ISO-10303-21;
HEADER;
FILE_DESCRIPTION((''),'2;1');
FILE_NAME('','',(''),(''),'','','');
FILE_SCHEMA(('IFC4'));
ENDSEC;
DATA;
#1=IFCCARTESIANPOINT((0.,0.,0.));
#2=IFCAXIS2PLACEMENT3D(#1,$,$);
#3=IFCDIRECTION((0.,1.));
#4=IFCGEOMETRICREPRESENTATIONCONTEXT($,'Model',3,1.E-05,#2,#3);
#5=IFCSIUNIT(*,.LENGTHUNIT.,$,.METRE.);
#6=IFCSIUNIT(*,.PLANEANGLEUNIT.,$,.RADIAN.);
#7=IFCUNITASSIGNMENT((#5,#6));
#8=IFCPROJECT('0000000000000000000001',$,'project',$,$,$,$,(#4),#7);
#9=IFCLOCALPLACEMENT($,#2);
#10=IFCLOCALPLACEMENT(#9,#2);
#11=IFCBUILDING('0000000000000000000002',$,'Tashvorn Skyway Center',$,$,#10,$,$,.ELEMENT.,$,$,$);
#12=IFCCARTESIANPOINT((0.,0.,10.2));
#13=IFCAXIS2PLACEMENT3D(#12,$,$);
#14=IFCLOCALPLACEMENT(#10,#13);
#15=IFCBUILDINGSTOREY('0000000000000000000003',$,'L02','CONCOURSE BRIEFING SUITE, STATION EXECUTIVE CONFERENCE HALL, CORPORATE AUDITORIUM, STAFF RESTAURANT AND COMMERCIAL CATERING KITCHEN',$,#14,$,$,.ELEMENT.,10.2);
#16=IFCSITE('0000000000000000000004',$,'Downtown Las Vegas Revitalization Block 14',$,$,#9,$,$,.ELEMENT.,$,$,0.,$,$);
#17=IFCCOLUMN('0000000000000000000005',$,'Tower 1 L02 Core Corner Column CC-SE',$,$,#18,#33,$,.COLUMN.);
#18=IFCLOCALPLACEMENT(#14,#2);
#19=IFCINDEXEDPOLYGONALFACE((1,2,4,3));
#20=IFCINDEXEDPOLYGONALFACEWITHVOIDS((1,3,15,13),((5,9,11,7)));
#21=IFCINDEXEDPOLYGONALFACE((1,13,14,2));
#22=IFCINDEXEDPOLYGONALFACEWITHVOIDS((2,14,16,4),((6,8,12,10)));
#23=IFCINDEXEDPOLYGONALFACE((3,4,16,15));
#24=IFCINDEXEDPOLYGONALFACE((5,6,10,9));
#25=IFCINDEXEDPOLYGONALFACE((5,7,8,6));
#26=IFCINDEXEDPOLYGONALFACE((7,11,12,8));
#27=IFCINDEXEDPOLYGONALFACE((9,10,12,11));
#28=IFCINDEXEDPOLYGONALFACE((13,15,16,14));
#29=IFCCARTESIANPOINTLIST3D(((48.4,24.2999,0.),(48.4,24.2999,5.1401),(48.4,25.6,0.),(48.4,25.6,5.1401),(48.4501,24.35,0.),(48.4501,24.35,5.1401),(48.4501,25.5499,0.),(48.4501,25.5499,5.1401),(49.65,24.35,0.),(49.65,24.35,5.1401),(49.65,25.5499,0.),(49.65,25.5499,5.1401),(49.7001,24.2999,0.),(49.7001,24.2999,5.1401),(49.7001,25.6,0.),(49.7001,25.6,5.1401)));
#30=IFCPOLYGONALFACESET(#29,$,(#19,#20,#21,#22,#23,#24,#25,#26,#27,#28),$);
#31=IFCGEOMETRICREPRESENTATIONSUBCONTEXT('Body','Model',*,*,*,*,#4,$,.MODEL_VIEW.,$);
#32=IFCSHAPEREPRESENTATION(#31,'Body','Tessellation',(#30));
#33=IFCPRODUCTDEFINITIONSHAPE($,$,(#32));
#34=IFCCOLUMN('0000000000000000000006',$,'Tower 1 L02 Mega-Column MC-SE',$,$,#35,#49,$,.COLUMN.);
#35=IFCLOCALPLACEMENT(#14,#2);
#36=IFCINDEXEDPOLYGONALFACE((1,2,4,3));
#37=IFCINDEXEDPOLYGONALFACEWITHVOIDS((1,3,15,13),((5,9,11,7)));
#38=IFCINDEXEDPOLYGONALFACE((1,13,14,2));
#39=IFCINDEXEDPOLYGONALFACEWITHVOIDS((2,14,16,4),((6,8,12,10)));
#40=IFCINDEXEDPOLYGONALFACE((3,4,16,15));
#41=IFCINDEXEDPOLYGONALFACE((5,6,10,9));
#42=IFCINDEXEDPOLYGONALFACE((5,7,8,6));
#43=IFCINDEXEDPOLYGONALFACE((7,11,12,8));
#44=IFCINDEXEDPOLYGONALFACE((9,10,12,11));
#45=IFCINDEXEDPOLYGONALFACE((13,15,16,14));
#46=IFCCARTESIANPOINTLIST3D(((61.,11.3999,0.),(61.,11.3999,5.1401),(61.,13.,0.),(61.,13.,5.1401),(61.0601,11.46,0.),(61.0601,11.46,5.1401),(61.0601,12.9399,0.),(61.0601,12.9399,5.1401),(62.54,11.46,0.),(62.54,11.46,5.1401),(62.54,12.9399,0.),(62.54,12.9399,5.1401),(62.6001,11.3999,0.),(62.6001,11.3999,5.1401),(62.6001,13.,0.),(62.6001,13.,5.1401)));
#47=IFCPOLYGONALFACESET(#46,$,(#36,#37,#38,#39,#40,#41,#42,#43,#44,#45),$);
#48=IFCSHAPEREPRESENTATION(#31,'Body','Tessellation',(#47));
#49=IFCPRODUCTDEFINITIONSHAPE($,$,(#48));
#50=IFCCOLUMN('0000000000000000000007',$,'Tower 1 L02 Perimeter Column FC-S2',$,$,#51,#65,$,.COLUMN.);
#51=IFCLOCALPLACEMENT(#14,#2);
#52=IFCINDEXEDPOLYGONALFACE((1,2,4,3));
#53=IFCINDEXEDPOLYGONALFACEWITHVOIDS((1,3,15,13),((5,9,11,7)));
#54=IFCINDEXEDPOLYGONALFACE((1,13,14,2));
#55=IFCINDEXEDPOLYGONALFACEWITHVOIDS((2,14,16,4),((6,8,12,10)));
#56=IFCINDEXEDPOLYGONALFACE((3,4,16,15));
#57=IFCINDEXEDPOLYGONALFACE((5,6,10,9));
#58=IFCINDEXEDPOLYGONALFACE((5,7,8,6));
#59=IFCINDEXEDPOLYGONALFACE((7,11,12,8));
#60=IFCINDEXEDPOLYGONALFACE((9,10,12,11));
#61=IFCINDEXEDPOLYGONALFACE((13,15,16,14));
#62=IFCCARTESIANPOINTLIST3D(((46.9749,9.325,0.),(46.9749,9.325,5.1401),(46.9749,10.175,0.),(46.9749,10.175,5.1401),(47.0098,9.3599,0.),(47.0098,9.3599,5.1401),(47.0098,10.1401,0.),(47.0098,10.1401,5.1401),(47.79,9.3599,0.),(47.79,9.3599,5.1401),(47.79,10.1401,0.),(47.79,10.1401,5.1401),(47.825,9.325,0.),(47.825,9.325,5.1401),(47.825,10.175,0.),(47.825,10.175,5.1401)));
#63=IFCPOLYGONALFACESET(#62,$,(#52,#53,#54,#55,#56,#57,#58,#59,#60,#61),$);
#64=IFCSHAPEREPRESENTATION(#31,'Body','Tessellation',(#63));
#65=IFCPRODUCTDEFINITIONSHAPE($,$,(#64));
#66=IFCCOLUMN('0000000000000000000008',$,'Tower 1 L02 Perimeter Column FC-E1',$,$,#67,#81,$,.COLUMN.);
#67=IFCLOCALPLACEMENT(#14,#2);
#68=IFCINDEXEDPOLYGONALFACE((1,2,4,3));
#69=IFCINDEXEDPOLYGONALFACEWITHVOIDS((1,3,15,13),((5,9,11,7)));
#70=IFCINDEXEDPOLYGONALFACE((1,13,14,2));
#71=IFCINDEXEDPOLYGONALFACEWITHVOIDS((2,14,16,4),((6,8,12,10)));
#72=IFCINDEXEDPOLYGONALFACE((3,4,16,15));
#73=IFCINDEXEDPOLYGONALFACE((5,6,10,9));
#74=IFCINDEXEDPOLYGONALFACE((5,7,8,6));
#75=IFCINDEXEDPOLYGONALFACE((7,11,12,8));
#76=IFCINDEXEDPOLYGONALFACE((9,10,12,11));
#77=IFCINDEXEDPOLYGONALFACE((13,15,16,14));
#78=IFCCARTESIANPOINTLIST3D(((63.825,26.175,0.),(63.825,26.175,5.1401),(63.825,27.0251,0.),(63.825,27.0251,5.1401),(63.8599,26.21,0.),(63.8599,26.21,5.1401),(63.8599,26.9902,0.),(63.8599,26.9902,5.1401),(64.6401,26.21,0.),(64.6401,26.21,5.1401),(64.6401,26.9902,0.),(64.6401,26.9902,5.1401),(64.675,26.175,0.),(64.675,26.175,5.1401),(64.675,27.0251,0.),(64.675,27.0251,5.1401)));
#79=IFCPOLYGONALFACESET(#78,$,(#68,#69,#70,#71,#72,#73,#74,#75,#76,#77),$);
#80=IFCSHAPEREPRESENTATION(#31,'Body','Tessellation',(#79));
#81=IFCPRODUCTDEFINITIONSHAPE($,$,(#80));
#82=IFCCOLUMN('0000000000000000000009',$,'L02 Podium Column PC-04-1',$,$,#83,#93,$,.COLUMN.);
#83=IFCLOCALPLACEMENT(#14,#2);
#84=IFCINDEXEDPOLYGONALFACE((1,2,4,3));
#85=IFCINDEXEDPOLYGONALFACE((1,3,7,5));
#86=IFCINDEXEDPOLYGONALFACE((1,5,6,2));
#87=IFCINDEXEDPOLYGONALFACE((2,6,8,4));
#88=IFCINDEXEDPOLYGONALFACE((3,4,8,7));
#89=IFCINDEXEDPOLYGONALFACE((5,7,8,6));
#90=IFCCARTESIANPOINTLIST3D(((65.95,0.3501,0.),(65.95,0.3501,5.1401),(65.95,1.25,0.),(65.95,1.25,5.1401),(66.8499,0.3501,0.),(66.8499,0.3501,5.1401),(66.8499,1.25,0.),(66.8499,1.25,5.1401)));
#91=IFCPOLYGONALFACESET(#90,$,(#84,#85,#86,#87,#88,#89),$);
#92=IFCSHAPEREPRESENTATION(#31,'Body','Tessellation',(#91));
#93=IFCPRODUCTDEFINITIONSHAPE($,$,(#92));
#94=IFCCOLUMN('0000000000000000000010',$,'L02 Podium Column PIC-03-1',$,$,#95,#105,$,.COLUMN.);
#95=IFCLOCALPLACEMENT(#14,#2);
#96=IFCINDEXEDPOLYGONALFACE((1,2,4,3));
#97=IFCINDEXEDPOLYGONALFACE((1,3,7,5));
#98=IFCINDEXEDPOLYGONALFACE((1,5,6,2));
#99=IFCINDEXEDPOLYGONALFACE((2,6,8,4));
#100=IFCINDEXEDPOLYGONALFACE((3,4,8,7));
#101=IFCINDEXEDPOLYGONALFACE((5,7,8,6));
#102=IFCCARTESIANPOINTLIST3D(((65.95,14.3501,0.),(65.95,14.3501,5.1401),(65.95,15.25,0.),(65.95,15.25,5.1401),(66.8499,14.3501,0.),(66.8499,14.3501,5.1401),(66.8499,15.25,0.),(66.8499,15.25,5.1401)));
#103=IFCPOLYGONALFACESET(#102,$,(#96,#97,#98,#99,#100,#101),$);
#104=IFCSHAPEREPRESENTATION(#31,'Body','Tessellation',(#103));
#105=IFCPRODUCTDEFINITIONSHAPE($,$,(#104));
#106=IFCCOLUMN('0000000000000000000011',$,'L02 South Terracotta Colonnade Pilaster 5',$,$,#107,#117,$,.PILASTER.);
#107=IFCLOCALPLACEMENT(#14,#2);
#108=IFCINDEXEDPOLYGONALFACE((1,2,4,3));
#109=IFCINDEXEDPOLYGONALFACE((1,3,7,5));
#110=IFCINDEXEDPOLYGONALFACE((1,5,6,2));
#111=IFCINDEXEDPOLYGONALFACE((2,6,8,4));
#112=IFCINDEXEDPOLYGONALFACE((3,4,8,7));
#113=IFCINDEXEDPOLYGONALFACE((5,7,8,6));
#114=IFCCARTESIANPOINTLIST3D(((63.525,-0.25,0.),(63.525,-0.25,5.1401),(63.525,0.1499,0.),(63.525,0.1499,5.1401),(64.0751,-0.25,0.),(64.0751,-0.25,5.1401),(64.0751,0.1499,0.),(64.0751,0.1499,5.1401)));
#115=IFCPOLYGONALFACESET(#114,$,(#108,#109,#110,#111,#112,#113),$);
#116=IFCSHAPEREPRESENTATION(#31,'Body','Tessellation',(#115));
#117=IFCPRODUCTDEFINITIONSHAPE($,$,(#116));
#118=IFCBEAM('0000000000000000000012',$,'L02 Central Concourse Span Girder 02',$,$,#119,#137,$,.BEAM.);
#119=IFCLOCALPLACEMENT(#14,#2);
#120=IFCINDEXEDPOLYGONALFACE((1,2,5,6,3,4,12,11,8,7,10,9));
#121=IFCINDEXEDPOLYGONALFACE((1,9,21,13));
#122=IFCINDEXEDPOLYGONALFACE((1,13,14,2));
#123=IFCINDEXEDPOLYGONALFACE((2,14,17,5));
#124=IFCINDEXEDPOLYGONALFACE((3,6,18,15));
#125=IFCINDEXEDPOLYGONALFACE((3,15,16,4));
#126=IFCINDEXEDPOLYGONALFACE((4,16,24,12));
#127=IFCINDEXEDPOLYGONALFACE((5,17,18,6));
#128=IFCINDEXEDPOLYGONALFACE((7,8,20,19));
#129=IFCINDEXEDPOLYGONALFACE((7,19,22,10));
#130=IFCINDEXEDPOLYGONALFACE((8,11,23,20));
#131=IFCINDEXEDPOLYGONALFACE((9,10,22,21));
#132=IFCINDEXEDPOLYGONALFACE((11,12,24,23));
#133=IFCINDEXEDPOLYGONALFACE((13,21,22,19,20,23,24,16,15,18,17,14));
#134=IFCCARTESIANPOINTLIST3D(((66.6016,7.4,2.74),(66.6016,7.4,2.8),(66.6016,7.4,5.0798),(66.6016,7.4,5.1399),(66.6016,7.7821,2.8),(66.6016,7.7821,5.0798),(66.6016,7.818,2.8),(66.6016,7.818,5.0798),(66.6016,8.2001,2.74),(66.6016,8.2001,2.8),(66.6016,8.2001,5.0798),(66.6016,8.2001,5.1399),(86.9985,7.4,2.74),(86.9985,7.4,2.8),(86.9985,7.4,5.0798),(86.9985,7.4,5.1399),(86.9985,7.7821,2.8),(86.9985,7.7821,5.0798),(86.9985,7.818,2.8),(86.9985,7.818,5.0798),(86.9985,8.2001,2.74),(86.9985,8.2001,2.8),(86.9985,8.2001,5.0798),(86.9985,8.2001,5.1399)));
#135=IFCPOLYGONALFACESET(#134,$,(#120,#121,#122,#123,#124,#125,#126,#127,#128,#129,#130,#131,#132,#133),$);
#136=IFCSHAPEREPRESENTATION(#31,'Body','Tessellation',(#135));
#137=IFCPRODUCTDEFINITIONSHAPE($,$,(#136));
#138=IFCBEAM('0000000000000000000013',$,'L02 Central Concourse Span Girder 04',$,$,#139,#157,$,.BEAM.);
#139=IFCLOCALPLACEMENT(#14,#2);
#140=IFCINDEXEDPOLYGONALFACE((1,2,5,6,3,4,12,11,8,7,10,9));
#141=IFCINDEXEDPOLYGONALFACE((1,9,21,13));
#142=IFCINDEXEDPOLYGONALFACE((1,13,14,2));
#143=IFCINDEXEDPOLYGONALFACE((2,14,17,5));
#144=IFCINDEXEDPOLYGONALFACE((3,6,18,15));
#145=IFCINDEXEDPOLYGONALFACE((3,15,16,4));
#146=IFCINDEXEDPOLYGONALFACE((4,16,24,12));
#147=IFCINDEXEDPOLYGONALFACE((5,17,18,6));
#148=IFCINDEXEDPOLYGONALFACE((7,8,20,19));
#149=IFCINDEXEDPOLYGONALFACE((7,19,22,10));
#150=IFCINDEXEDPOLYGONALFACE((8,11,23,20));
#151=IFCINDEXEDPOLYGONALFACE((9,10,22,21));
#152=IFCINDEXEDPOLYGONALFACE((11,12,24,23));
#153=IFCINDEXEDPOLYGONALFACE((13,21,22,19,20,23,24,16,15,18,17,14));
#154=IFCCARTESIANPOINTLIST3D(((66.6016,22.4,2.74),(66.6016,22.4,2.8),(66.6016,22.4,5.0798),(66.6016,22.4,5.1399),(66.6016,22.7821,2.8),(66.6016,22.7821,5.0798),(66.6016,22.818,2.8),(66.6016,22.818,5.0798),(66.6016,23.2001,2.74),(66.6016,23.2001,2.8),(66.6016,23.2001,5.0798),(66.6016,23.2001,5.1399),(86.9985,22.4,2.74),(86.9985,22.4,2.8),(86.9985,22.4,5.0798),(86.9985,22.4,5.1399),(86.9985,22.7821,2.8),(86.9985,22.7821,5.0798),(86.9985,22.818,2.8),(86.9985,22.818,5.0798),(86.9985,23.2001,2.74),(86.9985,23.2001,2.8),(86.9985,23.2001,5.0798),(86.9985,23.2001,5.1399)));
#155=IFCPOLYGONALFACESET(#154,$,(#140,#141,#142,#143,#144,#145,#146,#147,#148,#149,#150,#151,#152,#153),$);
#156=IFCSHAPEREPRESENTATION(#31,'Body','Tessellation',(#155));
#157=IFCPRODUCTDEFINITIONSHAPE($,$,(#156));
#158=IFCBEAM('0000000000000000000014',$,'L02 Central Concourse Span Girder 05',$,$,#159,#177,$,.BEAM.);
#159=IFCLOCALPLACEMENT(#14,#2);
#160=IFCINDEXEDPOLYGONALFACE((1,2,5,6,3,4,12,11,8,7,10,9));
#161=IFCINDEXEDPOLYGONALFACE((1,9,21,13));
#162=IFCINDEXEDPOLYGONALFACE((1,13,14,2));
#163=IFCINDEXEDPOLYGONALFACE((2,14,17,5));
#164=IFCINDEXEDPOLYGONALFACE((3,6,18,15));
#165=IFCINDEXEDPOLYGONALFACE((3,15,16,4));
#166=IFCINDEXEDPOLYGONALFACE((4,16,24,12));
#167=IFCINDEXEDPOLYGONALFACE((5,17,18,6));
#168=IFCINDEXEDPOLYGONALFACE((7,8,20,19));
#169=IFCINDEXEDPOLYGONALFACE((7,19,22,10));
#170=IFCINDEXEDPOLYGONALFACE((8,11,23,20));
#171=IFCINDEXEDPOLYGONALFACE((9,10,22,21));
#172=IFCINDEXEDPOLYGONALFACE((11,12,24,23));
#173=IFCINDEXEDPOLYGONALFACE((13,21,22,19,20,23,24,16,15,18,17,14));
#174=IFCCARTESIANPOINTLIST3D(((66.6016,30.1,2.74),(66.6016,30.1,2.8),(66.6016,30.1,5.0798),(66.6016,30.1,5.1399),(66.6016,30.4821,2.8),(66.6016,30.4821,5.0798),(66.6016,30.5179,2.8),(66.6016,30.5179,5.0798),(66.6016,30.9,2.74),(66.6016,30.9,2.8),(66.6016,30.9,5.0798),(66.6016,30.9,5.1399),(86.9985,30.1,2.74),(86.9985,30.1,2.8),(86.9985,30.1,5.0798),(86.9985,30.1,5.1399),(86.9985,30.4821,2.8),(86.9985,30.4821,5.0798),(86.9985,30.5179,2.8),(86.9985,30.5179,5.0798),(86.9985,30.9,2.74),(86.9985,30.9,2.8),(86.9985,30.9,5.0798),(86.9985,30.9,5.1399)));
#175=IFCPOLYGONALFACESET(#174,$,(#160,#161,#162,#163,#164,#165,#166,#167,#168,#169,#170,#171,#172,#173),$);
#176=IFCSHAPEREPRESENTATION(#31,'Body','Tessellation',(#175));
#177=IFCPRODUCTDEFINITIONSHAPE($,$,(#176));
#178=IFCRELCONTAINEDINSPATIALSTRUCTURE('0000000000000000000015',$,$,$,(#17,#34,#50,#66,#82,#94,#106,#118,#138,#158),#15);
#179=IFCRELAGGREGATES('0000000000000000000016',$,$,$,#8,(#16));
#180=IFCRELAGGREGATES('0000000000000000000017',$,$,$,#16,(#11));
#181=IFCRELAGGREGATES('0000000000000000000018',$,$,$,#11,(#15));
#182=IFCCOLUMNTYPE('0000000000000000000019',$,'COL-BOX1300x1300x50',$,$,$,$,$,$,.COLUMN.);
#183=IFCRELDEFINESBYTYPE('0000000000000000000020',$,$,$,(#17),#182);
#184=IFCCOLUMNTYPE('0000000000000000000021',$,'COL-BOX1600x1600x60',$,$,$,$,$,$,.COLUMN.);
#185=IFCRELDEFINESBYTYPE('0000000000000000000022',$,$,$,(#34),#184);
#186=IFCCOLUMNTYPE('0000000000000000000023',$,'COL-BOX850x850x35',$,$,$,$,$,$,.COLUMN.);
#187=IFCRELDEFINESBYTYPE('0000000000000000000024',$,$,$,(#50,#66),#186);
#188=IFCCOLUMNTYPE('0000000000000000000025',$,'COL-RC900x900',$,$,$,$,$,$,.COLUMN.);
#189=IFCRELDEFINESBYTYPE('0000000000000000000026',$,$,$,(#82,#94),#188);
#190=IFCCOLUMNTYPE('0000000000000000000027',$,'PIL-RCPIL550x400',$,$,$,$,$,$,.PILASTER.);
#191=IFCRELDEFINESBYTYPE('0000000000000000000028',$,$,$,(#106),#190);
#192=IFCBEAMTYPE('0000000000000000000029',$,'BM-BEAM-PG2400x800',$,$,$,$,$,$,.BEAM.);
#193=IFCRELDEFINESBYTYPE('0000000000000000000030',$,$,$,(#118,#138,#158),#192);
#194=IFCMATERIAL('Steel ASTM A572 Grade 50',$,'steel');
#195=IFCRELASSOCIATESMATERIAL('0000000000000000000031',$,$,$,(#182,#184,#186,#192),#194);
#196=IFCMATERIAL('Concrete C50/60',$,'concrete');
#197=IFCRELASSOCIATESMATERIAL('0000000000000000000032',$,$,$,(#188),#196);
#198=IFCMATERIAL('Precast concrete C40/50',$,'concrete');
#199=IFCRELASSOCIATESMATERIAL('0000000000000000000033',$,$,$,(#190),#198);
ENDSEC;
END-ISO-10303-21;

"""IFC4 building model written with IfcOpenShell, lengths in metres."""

from ifc_helpers import new_model, si_unit, direction, frame, origin, origin_2d, place, context, subcontext, project, spatial, rectangle, hollow_rectangle, i_section, extrude, material, material_profile, profile_set, type_object, element, save


model = new_model("IFC4")

# Units and contexts
model_context = context("Model", 3, precision=1e-05, world=origin(), true_north=direction((0.0, 1.0)))
body_context = subcontext(model_context, "Body", "Model", "MODEL_VIEW")
ifc_project = project(units=[si_unit("LENGTHUNIT", "METRE"), si_unit("PLANEANGLEUNIT", "RADIAN")], contexts=[model_context])

# Site, building, storey
site_placement = place(None, origin())
site = spatial("IfcSite", under=ifc_project, at=site_placement, Name="Downtown Las Vegas Revitalization Block 14", CompositionType="ELEMENT", RefElevation=0.0)
building_placement = place(site_placement, origin())
building = spatial("IfcBuilding", under=site, at=building_placement, Name="Tashvorn Skyway Center", CompositionType="ELEMENT")
storey_placement = place(building_placement, frame((0.0, 0.0, 10.2)))
storey = spatial("IfcBuildingStorey", under=building, at=storey_placement, Name="L02", Description="CONCOURSE BRIEFING SUITE, STATION EXECUTIVE CONFERENCE HALL, CORPORATE AUDITORIUM, STAFF RESTAURANT AND COMMERCIAL CATERING KITCHEN", CompositionType="ELEMENT", Elevation=10.2)

# Columns
ifc_material_1 = material(Name="Steel ASTM A572 Grade 50", Category="steel")
ifc_material_profile_1 = material_profile(ifc_material_1, hollow_rectangle(XDim=1.3, YDim=1.3, WallThickness=0.05, at=origin_2d()), Name="BOX1300x1300x50")
ifc_profile_set_1 = profile_set([ifc_material_profile_1], Name="Steel ASTM A572 Grade 50")
column_type_1 = type_object("IfcColumnType", Name="COL-BOX1300x1300x50", PredefinedType="COLUMN", material=ifc_profile_set_1)
column_1_placement = place(storey_placement, frame((49.05, 24.95, 0.0), z_axis=(0.0, 0.0, 1.0), x_axis=(1.0, 0.0, 0.0)))
element("IfcColumn", 1, at=column_1_placement, inside=storey, type_object=column_type_1, Name="Tower 1 L02 Core Corner Column CC-SE", PredefinedType="COLUMN", context=body_context, shape_type="SweptSolid", body=[
    extrude(hollow_rectangle(XDim=1.3, YDim=1.3, WallThickness=0.05, at=origin_2d()), origin(), (0.0, 0.0, 1.0), 5.1401),
])
ifc_material_profile_2 = material_profile(ifc_material_1, hollow_rectangle(XDim=1.6001, YDim=1.6001, WallThickness=0.0601, at=origin_2d()), Name="BOX1600x1600x60")
ifc_profile_set_2 = profile_set([ifc_material_profile_2], Name="Steel ASTM A572 Grade 50")
column_type_2 = type_object("IfcColumnType", Name="COL-BOX1600x1600x60", PredefinedType="COLUMN", material=ifc_profile_set_2)
column_2_placement = place(storey_placement, frame((61.8, 12.2, 0.0), z_axis=(0.0, 0.0, 1.0), x_axis=(1.0, 0.0, 0.0)))
element("IfcColumn", 2, at=column_2_placement, inside=storey, type_object=column_type_2, Name="Tower 1 L02 Mega-Column MC-SE", PredefinedType="COLUMN", context=body_context, shape_type="SweptSolid", body=[
    extrude(hollow_rectangle(XDim=1.6001, YDim=1.6001, WallThickness=0.0601, at=origin_2d()), origin(), (0.0, 0.0, 1.0), 5.1401),
])
ifc_material_profile_3 = material_profile(ifc_material_1, hollow_rectangle(XDim=0.8501, YDim=0.8501, WallThickness=0.0349, at=origin_2d()), Name="BOX850x850x35")
ifc_profile_set_3 = profile_set([ifc_material_profile_3], Name="Steel ASTM A572 Grade 50")
column_type_3 = type_object("IfcColumnType", Name="COL-BOX850x850x35", PredefinedType="COLUMN", material=ifc_profile_set_3)
for number, where, z_axis, x_axis, name in (
    (3, (47.3999, 9.75, 0.0), (0.0, 0.0, 1.0), (1.0, 0.0, 0.0), "Tower 1 L02 Perimeter Column FC-S2"),
    (4, (64.25, 26.6001, 0.0), (0.0, 0.0, 1.0), (1.0, 0.0, 0.0), "Tower 1 L02 Perimeter Column FC-E1"),
):
    element("IfcColumn", number, at=place(storey_placement, frame(where, z_axis=z_axis, x_axis=x_axis)), inside=storey, type_object=column_type_3, Name=name, PredefinedType="COLUMN", context=body_context, shape_type="SweptSolid", body=[
        extrude(hollow_rectangle(XDim=0.8501, YDim=0.8501, WallThickness=0.0349, at=origin_2d()), origin(), (0.0, 0.0, 1.0), 5.1401),
    ])
ifc_material_2 = material(Name="Concrete C50/60", Category="concrete")
ifc_material_profile_4 = material_profile(ifc_material_2, rectangle(XDim=0.8999, YDim=0.8999, at=origin_2d()), Name="RC900x900")
ifc_profile_set_4 = profile_set([ifc_material_profile_4], Name="Concrete C50/60")
column_type_4 = type_object("IfcColumnType", Name="COL-RC900x900", PredefinedType="COLUMN", material=ifc_profile_set_4)
for number, where, z_axis, x_axis, name in (
    (5, (66.3999, 0.8, 0.0), (0.0, 0.0, 1.0), (1.0, 0.0, 0.0), "L02 Podium Column PC-04-1"),
    (6, (66.3999, 14.8, 0.0), (0.0, 0.0, 1.0), (1.0, 0.0, 0.0), "L02 Podium Column PIC-03-1"),
):
    element("IfcColumn", number, at=place(storey_placement, frame(where, z_axis=z_axis, x_axis=x_axis)), inside=storey, type_object=column_type_4, Name=name, PredefinedType="COLUMN", context=body_context, shape_type="SweptSolid", body=[
        extrude(rectangle(XDim=0.8999, YDim=0.8999, at=origin_2d()), origin(), (0.0, 0.0, 1.0), 5.1401),
    ])
ifc_material_3 = material(Name="Precast concrete C40/50", Category="concrete")
ifc_material_profile_5 = material_profile(ifc_material_3, rectangle(XDim=0.55, YDim=0.3999, at=origin_2d()), Name="RCPIL550x400")
ifc_profile_set_5 = profile_set([ifc_material_profile_5], Name="Precast concrete C40/50")
column_type_5 = type_object("IfcColumnType", Name="PIL-RCPIL550x400", PredefinedType="PILASTER", material=ifc_profile_set_5)
column_3_placement = place(storey_placement, frame((63.8, -0.05, 0.0), z_axis=(0.0, 0.0, 1.0), x_axis=(1.0, 0.0, 0.0)))
element("IfcColumn", 7, at=column_3_placement, inside=storey, type_object=column_type_5, Name="L02 South Terracotta Colonnade Pilaster 5", PredefinedType="PILASTER", context=body_context, shape_type="SweptSolid", body=[
    extrude(rectangle(XDim=0.55, YDim=0.3999, at=origin_2d()), origin(), (0.0, 0.0, 1.0), 5.1401),
])

# Beams
ifc_material_profile_6 = material_profile(ifc_material_1, i_section(OverallWidth=0.8, OverallDepth=2.3999, WebThickness=0.0359, FlangeThickness=0.0601, at=origin_2d()), Name="PG2400x800")
ifc_profile_set_6 = profile_set([ifc_material_profile_6], Name="Steel ASTM A572 Grade 50")
beam_type_1 = type_object("IfcBeamType", Name="BM-BEAM-PG2400x800", PredefinedType="BEAM", material=ifc_profile_set_6)
for number, where, z_axis, x_axis, name in (
    (8, (66.6016, 7.8, 3.9399), (1.0, 0.0, 0.0), (0.0, 1.0, 0.0), "L02 Central Concourse Span Girder 02"),
    (9, (66.6016, 22.8, 3.9399), (1.0, 0.0, 0.0), (0.0, 1.0, 0.0), "L02 Central Concourse Span Girder 04"),
    (10, (66.6016, 30.5, 3.9399), (1.0, 0.0, 0.0), (0.0, 1.0, 0.0), "L02 Central Concourse Span Girder 05"),
):
    element("IfcBeam", number, at=place(storey_placement, frame(where, z_axis=z_axis, x_axis=x_axis)), inside=storey, type_object=beam_type_1, Name=name, PredefinedType="BEAM", context=body_context, shape_type="SweptSolid", body=[
        extrude(i_section(OverallWidth=0.8, OverallDepth=2.3999, WebThickness=0.0359, FlangeThickness=0.0601, at=origin_2d()), origin(), (0.0, 0.0, 1.0), 20.397),
    ])

save(model, "model.ifc")
